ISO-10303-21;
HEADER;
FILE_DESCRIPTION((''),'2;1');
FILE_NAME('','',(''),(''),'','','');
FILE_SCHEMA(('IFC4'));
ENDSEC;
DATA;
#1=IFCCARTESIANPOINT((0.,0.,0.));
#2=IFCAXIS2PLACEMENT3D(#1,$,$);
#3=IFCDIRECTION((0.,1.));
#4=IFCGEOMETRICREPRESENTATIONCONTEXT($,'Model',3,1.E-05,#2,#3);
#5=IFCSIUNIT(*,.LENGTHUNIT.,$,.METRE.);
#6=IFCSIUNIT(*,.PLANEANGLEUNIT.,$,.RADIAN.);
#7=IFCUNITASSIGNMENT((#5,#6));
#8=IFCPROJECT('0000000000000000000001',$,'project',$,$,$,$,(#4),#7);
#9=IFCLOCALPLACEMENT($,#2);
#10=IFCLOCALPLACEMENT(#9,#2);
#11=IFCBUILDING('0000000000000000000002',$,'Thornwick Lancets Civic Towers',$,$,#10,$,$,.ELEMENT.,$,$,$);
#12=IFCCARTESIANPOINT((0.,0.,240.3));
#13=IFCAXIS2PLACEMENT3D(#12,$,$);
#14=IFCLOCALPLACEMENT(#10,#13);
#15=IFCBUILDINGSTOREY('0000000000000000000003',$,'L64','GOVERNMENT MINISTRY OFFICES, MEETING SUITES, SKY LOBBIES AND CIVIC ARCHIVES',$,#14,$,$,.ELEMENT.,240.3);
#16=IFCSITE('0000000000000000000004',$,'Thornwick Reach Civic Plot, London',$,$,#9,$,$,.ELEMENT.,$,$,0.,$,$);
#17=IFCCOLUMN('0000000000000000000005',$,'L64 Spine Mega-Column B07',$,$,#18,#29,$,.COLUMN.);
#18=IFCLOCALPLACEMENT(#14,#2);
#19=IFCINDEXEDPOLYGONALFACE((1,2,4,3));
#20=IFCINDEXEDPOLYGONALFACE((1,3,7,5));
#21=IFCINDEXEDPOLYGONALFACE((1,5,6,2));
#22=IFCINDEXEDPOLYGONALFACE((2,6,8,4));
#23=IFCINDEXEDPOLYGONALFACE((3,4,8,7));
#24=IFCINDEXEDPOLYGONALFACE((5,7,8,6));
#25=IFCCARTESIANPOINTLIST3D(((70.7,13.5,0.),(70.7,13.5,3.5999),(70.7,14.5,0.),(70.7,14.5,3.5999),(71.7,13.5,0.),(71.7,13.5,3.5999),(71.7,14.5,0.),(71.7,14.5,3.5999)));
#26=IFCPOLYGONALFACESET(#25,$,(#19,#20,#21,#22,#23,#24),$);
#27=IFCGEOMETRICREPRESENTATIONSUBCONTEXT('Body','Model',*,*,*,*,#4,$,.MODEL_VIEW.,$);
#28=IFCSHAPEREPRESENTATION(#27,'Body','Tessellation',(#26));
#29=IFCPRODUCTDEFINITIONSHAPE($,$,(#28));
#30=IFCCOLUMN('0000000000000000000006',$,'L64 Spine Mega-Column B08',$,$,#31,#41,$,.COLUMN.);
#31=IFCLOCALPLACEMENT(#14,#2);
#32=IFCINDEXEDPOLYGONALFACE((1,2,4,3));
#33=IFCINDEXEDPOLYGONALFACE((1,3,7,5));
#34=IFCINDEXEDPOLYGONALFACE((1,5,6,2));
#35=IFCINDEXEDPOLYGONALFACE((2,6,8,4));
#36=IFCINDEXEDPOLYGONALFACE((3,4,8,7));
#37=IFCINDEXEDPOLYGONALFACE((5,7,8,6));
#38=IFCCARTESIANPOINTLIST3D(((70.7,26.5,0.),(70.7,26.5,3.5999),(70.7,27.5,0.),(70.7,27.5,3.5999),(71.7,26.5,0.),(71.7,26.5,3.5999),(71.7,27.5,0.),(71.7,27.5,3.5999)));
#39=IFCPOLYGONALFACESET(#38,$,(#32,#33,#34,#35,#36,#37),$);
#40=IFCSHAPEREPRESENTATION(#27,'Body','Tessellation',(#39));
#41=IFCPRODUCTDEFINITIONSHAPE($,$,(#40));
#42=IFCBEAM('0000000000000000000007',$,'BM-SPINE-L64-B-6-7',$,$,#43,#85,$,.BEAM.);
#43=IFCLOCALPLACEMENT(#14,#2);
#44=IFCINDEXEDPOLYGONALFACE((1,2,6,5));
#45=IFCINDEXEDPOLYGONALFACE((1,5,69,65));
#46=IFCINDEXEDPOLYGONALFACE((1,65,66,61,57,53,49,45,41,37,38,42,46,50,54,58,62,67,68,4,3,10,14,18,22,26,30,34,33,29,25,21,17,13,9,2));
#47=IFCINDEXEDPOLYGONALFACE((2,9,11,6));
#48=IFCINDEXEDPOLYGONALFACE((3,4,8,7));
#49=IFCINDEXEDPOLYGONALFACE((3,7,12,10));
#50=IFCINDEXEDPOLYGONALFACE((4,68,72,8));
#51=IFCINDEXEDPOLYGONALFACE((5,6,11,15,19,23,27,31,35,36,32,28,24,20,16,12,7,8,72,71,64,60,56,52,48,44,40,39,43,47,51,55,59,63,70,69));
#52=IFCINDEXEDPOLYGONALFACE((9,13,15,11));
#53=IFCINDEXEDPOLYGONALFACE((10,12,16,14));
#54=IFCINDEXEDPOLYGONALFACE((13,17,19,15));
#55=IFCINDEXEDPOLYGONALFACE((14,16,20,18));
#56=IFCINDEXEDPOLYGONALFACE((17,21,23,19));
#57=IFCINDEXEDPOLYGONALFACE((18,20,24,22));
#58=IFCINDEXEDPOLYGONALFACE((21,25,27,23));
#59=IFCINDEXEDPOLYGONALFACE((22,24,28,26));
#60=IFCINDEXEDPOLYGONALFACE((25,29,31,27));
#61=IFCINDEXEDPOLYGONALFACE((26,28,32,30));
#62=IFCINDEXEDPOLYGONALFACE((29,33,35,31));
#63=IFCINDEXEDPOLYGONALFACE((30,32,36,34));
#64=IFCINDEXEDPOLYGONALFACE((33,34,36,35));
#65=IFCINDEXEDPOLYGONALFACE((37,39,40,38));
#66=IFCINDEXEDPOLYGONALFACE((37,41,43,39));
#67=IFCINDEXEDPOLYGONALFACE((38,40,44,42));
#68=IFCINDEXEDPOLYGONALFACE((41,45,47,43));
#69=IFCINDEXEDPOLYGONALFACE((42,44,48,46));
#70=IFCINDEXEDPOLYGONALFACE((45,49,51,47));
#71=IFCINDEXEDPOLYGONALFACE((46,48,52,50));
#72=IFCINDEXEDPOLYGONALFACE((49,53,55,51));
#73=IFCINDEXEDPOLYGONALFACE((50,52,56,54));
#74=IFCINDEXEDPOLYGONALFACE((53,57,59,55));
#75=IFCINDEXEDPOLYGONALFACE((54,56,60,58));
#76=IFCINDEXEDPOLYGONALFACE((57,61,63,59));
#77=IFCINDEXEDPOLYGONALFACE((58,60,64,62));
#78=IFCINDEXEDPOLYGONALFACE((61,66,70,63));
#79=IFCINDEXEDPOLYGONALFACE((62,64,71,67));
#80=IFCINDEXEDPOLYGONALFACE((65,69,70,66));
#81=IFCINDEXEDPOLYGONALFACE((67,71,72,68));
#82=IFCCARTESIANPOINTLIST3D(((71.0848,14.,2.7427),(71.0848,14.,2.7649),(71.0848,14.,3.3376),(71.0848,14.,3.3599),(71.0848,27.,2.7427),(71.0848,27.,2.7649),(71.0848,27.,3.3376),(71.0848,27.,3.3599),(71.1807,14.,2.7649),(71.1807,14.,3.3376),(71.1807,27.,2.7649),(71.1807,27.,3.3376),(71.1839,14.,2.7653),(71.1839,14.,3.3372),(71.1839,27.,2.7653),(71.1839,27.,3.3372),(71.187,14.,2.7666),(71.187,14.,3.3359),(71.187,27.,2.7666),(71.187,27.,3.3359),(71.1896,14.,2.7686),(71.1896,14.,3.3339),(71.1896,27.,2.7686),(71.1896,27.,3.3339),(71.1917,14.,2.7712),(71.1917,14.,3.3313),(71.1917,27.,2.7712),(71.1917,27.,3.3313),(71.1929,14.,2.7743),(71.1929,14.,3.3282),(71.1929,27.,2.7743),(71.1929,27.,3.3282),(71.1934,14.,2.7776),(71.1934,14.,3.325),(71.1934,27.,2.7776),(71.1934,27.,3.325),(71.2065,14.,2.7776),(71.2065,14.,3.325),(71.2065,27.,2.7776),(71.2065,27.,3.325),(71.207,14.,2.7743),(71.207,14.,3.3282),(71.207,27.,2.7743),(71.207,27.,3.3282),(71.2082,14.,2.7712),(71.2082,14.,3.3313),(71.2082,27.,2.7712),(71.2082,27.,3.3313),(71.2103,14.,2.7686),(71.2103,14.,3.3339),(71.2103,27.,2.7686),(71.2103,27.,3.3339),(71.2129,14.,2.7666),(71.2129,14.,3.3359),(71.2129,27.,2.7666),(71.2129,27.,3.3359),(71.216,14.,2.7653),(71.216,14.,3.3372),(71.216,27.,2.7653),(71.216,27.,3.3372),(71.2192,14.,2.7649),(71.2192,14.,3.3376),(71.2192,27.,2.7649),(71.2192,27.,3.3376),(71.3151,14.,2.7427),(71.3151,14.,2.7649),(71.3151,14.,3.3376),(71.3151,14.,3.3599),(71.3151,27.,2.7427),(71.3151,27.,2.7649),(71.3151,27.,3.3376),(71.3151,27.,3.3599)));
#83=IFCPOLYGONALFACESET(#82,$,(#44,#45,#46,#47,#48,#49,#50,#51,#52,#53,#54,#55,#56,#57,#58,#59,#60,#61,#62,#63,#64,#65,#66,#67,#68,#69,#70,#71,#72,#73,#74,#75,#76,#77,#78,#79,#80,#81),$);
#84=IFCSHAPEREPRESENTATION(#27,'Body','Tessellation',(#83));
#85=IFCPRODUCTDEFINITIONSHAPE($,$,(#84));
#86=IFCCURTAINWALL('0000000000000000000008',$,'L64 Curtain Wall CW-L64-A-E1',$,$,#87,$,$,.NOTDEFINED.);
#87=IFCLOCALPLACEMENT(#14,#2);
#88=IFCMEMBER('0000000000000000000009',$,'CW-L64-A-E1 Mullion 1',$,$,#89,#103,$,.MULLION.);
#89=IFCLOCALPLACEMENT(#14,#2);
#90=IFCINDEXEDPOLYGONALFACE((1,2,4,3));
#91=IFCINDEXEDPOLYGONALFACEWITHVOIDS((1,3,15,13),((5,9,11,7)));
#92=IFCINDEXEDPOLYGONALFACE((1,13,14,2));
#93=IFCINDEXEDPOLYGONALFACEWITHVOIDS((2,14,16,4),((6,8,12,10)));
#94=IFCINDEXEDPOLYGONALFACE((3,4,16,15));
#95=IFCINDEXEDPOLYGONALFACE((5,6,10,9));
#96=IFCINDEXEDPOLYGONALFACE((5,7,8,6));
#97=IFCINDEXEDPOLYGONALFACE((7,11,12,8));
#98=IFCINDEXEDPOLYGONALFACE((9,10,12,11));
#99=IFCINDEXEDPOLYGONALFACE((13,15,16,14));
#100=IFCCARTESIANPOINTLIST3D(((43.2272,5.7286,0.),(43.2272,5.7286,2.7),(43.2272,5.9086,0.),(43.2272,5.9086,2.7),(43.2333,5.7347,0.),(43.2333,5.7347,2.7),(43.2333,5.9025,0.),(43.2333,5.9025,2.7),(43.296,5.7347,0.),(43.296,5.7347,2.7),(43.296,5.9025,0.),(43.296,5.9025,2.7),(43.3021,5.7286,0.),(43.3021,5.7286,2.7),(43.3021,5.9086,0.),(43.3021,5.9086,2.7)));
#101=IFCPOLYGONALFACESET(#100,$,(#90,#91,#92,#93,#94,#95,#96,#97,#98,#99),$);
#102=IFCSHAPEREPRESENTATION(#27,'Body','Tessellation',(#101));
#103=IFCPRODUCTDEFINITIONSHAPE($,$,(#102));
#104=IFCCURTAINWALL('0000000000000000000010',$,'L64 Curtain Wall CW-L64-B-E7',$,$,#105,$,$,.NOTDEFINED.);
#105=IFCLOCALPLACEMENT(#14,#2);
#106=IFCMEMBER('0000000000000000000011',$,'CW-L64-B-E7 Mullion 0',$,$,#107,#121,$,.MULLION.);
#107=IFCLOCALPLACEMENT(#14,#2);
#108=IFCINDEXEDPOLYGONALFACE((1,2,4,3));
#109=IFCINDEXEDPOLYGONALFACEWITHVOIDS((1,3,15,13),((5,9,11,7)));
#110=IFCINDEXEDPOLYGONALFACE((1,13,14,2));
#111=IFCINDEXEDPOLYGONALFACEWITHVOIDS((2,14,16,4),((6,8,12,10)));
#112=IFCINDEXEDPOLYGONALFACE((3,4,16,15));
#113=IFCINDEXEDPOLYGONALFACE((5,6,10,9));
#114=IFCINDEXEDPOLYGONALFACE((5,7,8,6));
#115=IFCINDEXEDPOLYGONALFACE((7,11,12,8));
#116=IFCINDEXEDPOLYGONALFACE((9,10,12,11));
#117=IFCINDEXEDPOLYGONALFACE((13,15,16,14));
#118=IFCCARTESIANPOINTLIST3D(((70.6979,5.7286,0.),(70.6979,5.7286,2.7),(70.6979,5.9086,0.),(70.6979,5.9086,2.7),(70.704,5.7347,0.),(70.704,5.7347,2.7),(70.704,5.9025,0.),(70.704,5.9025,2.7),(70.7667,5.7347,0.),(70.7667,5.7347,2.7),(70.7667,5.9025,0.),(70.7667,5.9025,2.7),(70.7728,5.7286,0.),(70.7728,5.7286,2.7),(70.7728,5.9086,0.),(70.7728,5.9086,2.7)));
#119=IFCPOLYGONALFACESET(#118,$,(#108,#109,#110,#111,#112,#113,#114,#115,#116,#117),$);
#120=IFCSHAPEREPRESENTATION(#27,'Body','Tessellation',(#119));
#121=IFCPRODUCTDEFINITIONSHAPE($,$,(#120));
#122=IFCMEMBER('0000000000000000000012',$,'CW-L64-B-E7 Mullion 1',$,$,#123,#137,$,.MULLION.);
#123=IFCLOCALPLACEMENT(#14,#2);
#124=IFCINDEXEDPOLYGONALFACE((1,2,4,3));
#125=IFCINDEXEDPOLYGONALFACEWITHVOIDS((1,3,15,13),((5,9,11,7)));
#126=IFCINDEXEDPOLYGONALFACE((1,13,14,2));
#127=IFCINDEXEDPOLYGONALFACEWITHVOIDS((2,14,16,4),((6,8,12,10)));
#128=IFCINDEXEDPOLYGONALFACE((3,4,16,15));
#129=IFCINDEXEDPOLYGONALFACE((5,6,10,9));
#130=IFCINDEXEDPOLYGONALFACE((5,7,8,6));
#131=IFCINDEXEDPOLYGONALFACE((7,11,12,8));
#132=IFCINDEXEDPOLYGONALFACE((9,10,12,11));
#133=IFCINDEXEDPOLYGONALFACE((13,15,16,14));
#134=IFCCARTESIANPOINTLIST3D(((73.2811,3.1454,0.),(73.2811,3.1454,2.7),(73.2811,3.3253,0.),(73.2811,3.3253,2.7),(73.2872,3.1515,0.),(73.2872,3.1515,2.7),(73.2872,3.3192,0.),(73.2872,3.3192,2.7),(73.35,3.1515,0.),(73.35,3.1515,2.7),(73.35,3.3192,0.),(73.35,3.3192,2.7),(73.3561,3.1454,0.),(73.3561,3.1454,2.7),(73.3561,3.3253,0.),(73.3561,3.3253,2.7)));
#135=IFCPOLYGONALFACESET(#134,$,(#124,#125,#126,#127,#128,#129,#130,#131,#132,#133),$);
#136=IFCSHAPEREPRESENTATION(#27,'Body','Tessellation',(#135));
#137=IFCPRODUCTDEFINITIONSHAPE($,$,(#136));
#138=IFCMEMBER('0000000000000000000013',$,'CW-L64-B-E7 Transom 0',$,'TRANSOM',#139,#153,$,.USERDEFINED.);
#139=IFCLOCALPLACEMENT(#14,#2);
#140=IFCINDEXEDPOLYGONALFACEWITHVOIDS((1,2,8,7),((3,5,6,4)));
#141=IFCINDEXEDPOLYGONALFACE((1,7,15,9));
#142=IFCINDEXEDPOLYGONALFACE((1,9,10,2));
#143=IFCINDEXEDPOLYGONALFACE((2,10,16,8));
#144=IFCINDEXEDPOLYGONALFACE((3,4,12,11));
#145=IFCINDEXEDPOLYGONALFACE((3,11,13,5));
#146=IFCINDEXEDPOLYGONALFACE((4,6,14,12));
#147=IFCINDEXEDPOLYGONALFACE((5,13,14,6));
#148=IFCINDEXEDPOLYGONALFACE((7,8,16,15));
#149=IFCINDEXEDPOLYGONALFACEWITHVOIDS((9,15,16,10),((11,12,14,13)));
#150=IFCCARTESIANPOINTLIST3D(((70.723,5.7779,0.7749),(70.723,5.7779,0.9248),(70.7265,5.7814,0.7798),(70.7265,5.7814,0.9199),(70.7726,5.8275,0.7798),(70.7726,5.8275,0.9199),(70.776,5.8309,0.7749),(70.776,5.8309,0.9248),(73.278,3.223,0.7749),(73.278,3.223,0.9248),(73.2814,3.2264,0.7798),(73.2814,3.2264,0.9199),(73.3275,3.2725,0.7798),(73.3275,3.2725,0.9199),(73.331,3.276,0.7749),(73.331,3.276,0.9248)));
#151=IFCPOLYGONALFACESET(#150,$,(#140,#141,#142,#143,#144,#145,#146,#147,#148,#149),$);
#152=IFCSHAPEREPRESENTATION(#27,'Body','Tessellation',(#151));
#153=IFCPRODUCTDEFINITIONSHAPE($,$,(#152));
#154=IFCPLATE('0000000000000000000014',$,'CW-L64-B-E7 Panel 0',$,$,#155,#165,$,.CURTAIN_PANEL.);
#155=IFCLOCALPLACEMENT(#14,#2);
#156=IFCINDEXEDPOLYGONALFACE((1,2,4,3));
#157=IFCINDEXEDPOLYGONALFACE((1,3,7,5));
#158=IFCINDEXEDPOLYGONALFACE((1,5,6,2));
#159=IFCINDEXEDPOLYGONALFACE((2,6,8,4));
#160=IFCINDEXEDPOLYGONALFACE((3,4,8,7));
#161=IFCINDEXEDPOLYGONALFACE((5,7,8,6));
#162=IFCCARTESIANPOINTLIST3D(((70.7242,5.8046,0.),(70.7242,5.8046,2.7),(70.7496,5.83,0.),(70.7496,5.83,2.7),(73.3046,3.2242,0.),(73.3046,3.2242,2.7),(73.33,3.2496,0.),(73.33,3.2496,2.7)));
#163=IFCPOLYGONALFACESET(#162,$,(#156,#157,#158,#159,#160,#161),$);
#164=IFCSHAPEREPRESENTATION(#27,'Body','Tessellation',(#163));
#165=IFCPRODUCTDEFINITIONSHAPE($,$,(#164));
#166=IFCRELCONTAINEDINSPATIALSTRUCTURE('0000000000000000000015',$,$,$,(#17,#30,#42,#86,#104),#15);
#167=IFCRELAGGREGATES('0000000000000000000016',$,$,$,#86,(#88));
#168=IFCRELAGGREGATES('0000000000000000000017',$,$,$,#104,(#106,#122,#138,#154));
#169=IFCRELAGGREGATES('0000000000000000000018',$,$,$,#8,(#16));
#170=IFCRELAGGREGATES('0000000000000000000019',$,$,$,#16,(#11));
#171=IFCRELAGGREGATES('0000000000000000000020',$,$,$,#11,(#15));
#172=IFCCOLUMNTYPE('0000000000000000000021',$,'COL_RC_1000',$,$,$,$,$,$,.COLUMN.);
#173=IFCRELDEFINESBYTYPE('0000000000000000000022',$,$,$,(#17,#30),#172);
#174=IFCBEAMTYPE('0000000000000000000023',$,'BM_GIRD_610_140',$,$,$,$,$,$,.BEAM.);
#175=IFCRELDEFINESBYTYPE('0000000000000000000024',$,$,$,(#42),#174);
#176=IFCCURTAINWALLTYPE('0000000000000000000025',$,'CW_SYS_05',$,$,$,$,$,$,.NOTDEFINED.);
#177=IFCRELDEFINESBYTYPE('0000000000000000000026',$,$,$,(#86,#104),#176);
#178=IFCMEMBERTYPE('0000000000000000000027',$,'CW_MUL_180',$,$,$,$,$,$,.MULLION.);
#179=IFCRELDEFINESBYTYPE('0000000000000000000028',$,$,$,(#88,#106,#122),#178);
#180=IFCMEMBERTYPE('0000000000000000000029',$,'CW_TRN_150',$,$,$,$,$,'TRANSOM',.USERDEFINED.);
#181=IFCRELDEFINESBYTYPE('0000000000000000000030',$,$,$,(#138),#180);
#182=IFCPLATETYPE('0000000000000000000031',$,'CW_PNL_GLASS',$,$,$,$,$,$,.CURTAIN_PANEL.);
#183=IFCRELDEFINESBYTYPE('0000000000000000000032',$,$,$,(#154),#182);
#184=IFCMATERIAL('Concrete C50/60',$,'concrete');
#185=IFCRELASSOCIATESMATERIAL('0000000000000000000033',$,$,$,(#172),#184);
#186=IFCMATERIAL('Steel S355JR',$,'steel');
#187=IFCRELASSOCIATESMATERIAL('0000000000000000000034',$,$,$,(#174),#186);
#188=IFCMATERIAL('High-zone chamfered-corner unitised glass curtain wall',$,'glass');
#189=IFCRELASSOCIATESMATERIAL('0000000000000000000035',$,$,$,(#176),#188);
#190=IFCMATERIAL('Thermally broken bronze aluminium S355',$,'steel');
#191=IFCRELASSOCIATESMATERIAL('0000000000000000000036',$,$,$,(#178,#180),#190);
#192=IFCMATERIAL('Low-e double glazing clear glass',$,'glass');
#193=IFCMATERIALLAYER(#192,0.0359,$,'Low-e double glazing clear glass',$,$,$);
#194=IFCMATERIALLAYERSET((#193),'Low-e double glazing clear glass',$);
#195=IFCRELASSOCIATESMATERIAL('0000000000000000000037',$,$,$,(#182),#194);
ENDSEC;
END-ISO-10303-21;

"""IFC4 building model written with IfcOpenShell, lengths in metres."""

from ifc_helpers import new_model, si_unit, direction, frame, origin, origin_2d, place, context, subcontext, project, spatial, rectangle, hollow_rectangle, i_section, extrude, material, layer, layer_set, material_profile, profile_set, type_object, element, aggregate, save


model = new_model("IFC4")

# Units and contexts
model_context = context("Model", 3, precision=1e-05, world=origin(), true_north=direction((0.0, 1.0)))
body_context = subcontext(model_context, "Body", "Model", "MODEL_VIEW")
ifc_project = project(units=[si_unit("LENGTHUNIT", "METRE"), si_unit("PLANEANGLEUNIT", "RADIAN")], contexts=[model_context])

# Site, building, storey
site_placement = place(None, origin())
site = spatial("IfcSite", under=ifc_project, at=site_placement, Name="Thornwick Reach Civic Plot, London", CompositionType="ELEMENT", RefElevation=0.0)
building_placement = place(site_placement, origin())
building = spatial("IfcBuilding", under=site, at=building_placement, Name="Thornwick Lancets Civic Towers", CompositionType="ELEMENT")
storey_placement = place(building_placement, frame((0.0, 0.0, 240.3)))
storey = spatial("IfcBuildingStorey", under=building, at=storey_placement, Name="L64", Description="GOVERNMENT MINISTRY OFFICES, MEETING SUITES, SKY LOBBIES AND CIVIC ARCHIVES", CompositionType="ELEMENT", Elevation=240.3)

# Columns
ifc_material_1 = material(Name="Concrete C50/60", Category="concrete")
ifc_material_profile_1 = material_profile(ifc_material_1, rectangle(XDim=1.0, YDim=1.0, at=origin_2d()), Name="RC 1000x1000")
ifc_profile_set_1 = profile_set([ifc_material_profile_1], Name="Concrete C50/60")
column_type = type_object("IfcColumnType", Name="COL_RC_1000", PredefinedType="COLUMN", material=ifc_profile_set_1)
for number, where, z_axis, x_axis, name in (
    (1, (71.2, 14.0, 0.0), (0.0, 0.0, 1.0), (1.0, 0.0, 0.0), "L64 Spine Mega-Column B07"),
    (2, (71.2, 27.0, 0.0), (0.0, 0.0, 1.0), (1.0, 0.0, 0.0), "L64 Spine Mega-Column B08"),
):
    element("IfcColumn", number, at=place(storey_placement, frame(where, z_axis=z_axis, x_axis=x_axis)), inside=storey, type_object=column_type, Name=name, PredefinedType="COLUMN", context=body_context, shape_type="SweptSolid", body=[
        extrude(rectangle(XDim=1.0, YDim=1.0, at=origin_2d()), origin(), (0.0, 0.0, 1.0), 3.5999),
    ])

# Beam
ifc_material_2 = material(Name="Steel S355JR", Category="steel")
ifc_material_profile_2 = material_profile(ifc_material_2, i_section(OverallWidth=0.2302, OverallDepth=0.6172, WebThickness=0.0132, FlangeThickness=0.0222, FilletRadius=0.0127, at=origin_2d()), Name="UKB 610x229x140")
ifc_profile_set_2 = profile_set([ifc_material_profile_2], Name="Steel S355JR")
beam_type = type_object("IfcBeamType", Name="BM_GIRD_610_140", PredefinedType="BEAM", material=ifc_profile_set_2)
beam_placement = place(storey_placement, frame((71.2, 14.0, 3.0513), z_axis=(0.0, 1.0, 0.0), x_axis=(-1.0, 0.0, 0.0)))
element("IfcBeam", 3, at=beam_placement, inside=storey, type_object=beam_type, Name="BM-SPINE-L64-B-6-7", PredefinedType="BEAM", context=body_context, shape_type="SweptSolid", body=[
    extrude(i_section(OverallWidth=0.2302, OverallDepth=0.6172, WebThickness=0.0132, FlangeThickness=0.0222, FilletRadius=0.0127, at=origin_2d()), origin(), (0.0, 0.0, 1.0), 13.0),
])

# Curtain wall, member
ifc_material_3 = material(Name="High-zone chamfered-corner unitised glass curtain wall", Category="glass")
curtain_wall_type = type_object("IfcCurtainWallType", Name="CW_SYS_05", PredefinedType="NOTDEFINED", material=ifc_material_3)
curtain_wall_1_placement = place(storey_placement, origin())
curtain_wall_1 = element("IfcCurtainWall", 4, at=curtain_wall_1_placement, inside=storey, type_object=curtain_wall_type, Name="L64 Curtain Wall CW-L64-A-E1", PredefinedType="NOTDEFINED")
ifc_material_4 = material(Name="Thermally broken bronze aluminium S355", Category="steel")
ifc_material_profile_3 = material_profile(ifc_material_4, hollow_rectangle(XDim=0.075, YDim=0.1799, WallThickness=0.0061, at=origin_2d()), Name="RHS 180x75x6")
ifc_profile_set_3 = profile_set([ifc_material_profile_3], Name="Thermally broken bronze aluminium S355")
member_type_1 = type_object("IfcMemberType", Name="CW_MUL_180", PredefinedType="MULLION", material=ifc_profile_set_3)
member_1_placement = place(storey_placement, frame((43.2646, 5.8186, 0.0), z_axis=(0.0, 0.0, 1.0), x_axis=(1.0, 0.0, 0.0)))
member_1 = element("IfcMember", 5, at=member_1_placement, type_object=member_type_1, Name="CW-L64-A-E1 Mullion 1", PredefinedType="MULLION", context=body_context, shape_type="SweptSolid", body=[
    extrude(hollow_rectangle(XDim=0.075, YDim=0.1799, WallThickness=0.0061, at=origin_2d()), origin(), (0.0, 0.0, 1.0), 2.7),
])
aggregate(curtain_wall_1, [member_1])

# Curtain wall, members, plate
curtain_wall_2_placement = place(storey_placement, origin())
curtain_wall_2 = element("IfcCurtainWall", 6, at=curtain_wall_2_placement, inside=storey, type_object=curtain_wall_type, Name="L64 Curtain Wall CW-L64-B-E7", PredefinedType="NOTDEFINED")
member_2_placement = place(storey_placement, frame((70.7354, 5.8186, 0.0), z_axis=(0.0, 0.0, 1.0), x_axis=(1.0, 0.0, 0.0)))
member_2 = element("IfcMember", 7, at=member_2_placement, type_object=member_type_1, Name="CW-L64-B-E7 Mullion 0", PredefinedType="MULLION", context=body_context, shape_type="SweptSolid", body=[
    extrude(hollow_rectangle(XDim=0.075, YDim=0.1799, WallThickness=0.0061, at=origin_2d()), origin(), (0.0, 0.0, 1.0), 2.7),
])
member_3_placement = place(storey_placement, frame((73.3186, 3.2354, 0.0), z_axis=(0.0, 0.0, 1.0), x_axis=(1.0, 0.0, 0.0)))
member_3 = element("IfcMember", 8, at=member_3_placement, type_object=member_type_1, Name="CW-L64-B-E7 Mullion 1", PredefinedType="MULLION", context=body_context, shape_type="SweptSolid", body=[
    extrude(hollow_rectangle(XDim=0.075, YDim=0.1799, WallThickness=0.0061, at=origin_2d()), origin(), (0.0, 0.0, 1.0), 2.7),
])
ifc_material_profile_4 = material_profile(ifc_material_4, hollow_rectangle(XDim=0.075, YDim=0.1499, WallThickness=0.0049, at=origin_2d()), Name="RHS 150x75x5")
ifc_profile_set_4 = profile_set([ifc_material_profile_4], Name="Thermally broken bronze aluminium S355")
member_type_2 = type_object("IfcMemberType", Name="CW_TRN_150", ElementType="TRANSOM", PredefinedType="USERDEFINED", material=ifc_profile_set_4)
member_4_placement = place(storey_placement, frame((70.7495, 5.8044, 0.8499), z_axis=(0.707107, -0.707107, 0.0), x_axis=(0.707107, 0.707107, 0.0)))
member_4 = element("IfcMember", 9, at=member_4_placement, type_object=member_type_2, Name="CW-L64-B-E7 Transom 0", ObjectType="TRANSOM", PredefinedType="USERDEFINED", context=body_context, shape_type="SweptSolid", body=[
    extrude(hollow_rectangle(XDim=0.075, YDim=0.1499, WallThickness=0.0049, at=origin_2d()), origin(), (0.0, 0.0, 1.0), 3.6133),
])
ifc_material_5 = material(Name="Low-e double glazing clear glass", Category="glass")
ifc_layer_1 = layer(ifc_material_5, 0.0359, Name="Low-e double glazing clear glass")
ifc_layer_set_1 = layer_set([ifc_layer_1], Name="Low-e double glazing clear glass")
plate_type = type_object("IfcPlateType", Name="CW_PNL_GLASS", PredefinedType="CURTAIN_PANEL", material=ifc_layer_set_1)
plate_placement = place(storey_placement, frame((72.0271, 4.5271, 0.0), z_axis=(0.0, 0.0, 1.0), x_axis=(0.707107, -0.707107, 0.0)))
plate = element("IfcPlate", 10, at=plate_placement, type_object=plate_type, Name="CW-L64-B-E7 Panel 0", PredefinedType="CURTAIN_PANEL", context=body_context, shape_type="SweptSolid", body=[
    extrude(rectangle(XDim=3.6492, YDim=0.0359, at=origin_2d()), origin(), (0.0, 0.0, 1.0), 2.7),
])
aggregate(curtain_wall_2, [member_2, member_3, member_4, plate])

save(model, "model.ifc")
